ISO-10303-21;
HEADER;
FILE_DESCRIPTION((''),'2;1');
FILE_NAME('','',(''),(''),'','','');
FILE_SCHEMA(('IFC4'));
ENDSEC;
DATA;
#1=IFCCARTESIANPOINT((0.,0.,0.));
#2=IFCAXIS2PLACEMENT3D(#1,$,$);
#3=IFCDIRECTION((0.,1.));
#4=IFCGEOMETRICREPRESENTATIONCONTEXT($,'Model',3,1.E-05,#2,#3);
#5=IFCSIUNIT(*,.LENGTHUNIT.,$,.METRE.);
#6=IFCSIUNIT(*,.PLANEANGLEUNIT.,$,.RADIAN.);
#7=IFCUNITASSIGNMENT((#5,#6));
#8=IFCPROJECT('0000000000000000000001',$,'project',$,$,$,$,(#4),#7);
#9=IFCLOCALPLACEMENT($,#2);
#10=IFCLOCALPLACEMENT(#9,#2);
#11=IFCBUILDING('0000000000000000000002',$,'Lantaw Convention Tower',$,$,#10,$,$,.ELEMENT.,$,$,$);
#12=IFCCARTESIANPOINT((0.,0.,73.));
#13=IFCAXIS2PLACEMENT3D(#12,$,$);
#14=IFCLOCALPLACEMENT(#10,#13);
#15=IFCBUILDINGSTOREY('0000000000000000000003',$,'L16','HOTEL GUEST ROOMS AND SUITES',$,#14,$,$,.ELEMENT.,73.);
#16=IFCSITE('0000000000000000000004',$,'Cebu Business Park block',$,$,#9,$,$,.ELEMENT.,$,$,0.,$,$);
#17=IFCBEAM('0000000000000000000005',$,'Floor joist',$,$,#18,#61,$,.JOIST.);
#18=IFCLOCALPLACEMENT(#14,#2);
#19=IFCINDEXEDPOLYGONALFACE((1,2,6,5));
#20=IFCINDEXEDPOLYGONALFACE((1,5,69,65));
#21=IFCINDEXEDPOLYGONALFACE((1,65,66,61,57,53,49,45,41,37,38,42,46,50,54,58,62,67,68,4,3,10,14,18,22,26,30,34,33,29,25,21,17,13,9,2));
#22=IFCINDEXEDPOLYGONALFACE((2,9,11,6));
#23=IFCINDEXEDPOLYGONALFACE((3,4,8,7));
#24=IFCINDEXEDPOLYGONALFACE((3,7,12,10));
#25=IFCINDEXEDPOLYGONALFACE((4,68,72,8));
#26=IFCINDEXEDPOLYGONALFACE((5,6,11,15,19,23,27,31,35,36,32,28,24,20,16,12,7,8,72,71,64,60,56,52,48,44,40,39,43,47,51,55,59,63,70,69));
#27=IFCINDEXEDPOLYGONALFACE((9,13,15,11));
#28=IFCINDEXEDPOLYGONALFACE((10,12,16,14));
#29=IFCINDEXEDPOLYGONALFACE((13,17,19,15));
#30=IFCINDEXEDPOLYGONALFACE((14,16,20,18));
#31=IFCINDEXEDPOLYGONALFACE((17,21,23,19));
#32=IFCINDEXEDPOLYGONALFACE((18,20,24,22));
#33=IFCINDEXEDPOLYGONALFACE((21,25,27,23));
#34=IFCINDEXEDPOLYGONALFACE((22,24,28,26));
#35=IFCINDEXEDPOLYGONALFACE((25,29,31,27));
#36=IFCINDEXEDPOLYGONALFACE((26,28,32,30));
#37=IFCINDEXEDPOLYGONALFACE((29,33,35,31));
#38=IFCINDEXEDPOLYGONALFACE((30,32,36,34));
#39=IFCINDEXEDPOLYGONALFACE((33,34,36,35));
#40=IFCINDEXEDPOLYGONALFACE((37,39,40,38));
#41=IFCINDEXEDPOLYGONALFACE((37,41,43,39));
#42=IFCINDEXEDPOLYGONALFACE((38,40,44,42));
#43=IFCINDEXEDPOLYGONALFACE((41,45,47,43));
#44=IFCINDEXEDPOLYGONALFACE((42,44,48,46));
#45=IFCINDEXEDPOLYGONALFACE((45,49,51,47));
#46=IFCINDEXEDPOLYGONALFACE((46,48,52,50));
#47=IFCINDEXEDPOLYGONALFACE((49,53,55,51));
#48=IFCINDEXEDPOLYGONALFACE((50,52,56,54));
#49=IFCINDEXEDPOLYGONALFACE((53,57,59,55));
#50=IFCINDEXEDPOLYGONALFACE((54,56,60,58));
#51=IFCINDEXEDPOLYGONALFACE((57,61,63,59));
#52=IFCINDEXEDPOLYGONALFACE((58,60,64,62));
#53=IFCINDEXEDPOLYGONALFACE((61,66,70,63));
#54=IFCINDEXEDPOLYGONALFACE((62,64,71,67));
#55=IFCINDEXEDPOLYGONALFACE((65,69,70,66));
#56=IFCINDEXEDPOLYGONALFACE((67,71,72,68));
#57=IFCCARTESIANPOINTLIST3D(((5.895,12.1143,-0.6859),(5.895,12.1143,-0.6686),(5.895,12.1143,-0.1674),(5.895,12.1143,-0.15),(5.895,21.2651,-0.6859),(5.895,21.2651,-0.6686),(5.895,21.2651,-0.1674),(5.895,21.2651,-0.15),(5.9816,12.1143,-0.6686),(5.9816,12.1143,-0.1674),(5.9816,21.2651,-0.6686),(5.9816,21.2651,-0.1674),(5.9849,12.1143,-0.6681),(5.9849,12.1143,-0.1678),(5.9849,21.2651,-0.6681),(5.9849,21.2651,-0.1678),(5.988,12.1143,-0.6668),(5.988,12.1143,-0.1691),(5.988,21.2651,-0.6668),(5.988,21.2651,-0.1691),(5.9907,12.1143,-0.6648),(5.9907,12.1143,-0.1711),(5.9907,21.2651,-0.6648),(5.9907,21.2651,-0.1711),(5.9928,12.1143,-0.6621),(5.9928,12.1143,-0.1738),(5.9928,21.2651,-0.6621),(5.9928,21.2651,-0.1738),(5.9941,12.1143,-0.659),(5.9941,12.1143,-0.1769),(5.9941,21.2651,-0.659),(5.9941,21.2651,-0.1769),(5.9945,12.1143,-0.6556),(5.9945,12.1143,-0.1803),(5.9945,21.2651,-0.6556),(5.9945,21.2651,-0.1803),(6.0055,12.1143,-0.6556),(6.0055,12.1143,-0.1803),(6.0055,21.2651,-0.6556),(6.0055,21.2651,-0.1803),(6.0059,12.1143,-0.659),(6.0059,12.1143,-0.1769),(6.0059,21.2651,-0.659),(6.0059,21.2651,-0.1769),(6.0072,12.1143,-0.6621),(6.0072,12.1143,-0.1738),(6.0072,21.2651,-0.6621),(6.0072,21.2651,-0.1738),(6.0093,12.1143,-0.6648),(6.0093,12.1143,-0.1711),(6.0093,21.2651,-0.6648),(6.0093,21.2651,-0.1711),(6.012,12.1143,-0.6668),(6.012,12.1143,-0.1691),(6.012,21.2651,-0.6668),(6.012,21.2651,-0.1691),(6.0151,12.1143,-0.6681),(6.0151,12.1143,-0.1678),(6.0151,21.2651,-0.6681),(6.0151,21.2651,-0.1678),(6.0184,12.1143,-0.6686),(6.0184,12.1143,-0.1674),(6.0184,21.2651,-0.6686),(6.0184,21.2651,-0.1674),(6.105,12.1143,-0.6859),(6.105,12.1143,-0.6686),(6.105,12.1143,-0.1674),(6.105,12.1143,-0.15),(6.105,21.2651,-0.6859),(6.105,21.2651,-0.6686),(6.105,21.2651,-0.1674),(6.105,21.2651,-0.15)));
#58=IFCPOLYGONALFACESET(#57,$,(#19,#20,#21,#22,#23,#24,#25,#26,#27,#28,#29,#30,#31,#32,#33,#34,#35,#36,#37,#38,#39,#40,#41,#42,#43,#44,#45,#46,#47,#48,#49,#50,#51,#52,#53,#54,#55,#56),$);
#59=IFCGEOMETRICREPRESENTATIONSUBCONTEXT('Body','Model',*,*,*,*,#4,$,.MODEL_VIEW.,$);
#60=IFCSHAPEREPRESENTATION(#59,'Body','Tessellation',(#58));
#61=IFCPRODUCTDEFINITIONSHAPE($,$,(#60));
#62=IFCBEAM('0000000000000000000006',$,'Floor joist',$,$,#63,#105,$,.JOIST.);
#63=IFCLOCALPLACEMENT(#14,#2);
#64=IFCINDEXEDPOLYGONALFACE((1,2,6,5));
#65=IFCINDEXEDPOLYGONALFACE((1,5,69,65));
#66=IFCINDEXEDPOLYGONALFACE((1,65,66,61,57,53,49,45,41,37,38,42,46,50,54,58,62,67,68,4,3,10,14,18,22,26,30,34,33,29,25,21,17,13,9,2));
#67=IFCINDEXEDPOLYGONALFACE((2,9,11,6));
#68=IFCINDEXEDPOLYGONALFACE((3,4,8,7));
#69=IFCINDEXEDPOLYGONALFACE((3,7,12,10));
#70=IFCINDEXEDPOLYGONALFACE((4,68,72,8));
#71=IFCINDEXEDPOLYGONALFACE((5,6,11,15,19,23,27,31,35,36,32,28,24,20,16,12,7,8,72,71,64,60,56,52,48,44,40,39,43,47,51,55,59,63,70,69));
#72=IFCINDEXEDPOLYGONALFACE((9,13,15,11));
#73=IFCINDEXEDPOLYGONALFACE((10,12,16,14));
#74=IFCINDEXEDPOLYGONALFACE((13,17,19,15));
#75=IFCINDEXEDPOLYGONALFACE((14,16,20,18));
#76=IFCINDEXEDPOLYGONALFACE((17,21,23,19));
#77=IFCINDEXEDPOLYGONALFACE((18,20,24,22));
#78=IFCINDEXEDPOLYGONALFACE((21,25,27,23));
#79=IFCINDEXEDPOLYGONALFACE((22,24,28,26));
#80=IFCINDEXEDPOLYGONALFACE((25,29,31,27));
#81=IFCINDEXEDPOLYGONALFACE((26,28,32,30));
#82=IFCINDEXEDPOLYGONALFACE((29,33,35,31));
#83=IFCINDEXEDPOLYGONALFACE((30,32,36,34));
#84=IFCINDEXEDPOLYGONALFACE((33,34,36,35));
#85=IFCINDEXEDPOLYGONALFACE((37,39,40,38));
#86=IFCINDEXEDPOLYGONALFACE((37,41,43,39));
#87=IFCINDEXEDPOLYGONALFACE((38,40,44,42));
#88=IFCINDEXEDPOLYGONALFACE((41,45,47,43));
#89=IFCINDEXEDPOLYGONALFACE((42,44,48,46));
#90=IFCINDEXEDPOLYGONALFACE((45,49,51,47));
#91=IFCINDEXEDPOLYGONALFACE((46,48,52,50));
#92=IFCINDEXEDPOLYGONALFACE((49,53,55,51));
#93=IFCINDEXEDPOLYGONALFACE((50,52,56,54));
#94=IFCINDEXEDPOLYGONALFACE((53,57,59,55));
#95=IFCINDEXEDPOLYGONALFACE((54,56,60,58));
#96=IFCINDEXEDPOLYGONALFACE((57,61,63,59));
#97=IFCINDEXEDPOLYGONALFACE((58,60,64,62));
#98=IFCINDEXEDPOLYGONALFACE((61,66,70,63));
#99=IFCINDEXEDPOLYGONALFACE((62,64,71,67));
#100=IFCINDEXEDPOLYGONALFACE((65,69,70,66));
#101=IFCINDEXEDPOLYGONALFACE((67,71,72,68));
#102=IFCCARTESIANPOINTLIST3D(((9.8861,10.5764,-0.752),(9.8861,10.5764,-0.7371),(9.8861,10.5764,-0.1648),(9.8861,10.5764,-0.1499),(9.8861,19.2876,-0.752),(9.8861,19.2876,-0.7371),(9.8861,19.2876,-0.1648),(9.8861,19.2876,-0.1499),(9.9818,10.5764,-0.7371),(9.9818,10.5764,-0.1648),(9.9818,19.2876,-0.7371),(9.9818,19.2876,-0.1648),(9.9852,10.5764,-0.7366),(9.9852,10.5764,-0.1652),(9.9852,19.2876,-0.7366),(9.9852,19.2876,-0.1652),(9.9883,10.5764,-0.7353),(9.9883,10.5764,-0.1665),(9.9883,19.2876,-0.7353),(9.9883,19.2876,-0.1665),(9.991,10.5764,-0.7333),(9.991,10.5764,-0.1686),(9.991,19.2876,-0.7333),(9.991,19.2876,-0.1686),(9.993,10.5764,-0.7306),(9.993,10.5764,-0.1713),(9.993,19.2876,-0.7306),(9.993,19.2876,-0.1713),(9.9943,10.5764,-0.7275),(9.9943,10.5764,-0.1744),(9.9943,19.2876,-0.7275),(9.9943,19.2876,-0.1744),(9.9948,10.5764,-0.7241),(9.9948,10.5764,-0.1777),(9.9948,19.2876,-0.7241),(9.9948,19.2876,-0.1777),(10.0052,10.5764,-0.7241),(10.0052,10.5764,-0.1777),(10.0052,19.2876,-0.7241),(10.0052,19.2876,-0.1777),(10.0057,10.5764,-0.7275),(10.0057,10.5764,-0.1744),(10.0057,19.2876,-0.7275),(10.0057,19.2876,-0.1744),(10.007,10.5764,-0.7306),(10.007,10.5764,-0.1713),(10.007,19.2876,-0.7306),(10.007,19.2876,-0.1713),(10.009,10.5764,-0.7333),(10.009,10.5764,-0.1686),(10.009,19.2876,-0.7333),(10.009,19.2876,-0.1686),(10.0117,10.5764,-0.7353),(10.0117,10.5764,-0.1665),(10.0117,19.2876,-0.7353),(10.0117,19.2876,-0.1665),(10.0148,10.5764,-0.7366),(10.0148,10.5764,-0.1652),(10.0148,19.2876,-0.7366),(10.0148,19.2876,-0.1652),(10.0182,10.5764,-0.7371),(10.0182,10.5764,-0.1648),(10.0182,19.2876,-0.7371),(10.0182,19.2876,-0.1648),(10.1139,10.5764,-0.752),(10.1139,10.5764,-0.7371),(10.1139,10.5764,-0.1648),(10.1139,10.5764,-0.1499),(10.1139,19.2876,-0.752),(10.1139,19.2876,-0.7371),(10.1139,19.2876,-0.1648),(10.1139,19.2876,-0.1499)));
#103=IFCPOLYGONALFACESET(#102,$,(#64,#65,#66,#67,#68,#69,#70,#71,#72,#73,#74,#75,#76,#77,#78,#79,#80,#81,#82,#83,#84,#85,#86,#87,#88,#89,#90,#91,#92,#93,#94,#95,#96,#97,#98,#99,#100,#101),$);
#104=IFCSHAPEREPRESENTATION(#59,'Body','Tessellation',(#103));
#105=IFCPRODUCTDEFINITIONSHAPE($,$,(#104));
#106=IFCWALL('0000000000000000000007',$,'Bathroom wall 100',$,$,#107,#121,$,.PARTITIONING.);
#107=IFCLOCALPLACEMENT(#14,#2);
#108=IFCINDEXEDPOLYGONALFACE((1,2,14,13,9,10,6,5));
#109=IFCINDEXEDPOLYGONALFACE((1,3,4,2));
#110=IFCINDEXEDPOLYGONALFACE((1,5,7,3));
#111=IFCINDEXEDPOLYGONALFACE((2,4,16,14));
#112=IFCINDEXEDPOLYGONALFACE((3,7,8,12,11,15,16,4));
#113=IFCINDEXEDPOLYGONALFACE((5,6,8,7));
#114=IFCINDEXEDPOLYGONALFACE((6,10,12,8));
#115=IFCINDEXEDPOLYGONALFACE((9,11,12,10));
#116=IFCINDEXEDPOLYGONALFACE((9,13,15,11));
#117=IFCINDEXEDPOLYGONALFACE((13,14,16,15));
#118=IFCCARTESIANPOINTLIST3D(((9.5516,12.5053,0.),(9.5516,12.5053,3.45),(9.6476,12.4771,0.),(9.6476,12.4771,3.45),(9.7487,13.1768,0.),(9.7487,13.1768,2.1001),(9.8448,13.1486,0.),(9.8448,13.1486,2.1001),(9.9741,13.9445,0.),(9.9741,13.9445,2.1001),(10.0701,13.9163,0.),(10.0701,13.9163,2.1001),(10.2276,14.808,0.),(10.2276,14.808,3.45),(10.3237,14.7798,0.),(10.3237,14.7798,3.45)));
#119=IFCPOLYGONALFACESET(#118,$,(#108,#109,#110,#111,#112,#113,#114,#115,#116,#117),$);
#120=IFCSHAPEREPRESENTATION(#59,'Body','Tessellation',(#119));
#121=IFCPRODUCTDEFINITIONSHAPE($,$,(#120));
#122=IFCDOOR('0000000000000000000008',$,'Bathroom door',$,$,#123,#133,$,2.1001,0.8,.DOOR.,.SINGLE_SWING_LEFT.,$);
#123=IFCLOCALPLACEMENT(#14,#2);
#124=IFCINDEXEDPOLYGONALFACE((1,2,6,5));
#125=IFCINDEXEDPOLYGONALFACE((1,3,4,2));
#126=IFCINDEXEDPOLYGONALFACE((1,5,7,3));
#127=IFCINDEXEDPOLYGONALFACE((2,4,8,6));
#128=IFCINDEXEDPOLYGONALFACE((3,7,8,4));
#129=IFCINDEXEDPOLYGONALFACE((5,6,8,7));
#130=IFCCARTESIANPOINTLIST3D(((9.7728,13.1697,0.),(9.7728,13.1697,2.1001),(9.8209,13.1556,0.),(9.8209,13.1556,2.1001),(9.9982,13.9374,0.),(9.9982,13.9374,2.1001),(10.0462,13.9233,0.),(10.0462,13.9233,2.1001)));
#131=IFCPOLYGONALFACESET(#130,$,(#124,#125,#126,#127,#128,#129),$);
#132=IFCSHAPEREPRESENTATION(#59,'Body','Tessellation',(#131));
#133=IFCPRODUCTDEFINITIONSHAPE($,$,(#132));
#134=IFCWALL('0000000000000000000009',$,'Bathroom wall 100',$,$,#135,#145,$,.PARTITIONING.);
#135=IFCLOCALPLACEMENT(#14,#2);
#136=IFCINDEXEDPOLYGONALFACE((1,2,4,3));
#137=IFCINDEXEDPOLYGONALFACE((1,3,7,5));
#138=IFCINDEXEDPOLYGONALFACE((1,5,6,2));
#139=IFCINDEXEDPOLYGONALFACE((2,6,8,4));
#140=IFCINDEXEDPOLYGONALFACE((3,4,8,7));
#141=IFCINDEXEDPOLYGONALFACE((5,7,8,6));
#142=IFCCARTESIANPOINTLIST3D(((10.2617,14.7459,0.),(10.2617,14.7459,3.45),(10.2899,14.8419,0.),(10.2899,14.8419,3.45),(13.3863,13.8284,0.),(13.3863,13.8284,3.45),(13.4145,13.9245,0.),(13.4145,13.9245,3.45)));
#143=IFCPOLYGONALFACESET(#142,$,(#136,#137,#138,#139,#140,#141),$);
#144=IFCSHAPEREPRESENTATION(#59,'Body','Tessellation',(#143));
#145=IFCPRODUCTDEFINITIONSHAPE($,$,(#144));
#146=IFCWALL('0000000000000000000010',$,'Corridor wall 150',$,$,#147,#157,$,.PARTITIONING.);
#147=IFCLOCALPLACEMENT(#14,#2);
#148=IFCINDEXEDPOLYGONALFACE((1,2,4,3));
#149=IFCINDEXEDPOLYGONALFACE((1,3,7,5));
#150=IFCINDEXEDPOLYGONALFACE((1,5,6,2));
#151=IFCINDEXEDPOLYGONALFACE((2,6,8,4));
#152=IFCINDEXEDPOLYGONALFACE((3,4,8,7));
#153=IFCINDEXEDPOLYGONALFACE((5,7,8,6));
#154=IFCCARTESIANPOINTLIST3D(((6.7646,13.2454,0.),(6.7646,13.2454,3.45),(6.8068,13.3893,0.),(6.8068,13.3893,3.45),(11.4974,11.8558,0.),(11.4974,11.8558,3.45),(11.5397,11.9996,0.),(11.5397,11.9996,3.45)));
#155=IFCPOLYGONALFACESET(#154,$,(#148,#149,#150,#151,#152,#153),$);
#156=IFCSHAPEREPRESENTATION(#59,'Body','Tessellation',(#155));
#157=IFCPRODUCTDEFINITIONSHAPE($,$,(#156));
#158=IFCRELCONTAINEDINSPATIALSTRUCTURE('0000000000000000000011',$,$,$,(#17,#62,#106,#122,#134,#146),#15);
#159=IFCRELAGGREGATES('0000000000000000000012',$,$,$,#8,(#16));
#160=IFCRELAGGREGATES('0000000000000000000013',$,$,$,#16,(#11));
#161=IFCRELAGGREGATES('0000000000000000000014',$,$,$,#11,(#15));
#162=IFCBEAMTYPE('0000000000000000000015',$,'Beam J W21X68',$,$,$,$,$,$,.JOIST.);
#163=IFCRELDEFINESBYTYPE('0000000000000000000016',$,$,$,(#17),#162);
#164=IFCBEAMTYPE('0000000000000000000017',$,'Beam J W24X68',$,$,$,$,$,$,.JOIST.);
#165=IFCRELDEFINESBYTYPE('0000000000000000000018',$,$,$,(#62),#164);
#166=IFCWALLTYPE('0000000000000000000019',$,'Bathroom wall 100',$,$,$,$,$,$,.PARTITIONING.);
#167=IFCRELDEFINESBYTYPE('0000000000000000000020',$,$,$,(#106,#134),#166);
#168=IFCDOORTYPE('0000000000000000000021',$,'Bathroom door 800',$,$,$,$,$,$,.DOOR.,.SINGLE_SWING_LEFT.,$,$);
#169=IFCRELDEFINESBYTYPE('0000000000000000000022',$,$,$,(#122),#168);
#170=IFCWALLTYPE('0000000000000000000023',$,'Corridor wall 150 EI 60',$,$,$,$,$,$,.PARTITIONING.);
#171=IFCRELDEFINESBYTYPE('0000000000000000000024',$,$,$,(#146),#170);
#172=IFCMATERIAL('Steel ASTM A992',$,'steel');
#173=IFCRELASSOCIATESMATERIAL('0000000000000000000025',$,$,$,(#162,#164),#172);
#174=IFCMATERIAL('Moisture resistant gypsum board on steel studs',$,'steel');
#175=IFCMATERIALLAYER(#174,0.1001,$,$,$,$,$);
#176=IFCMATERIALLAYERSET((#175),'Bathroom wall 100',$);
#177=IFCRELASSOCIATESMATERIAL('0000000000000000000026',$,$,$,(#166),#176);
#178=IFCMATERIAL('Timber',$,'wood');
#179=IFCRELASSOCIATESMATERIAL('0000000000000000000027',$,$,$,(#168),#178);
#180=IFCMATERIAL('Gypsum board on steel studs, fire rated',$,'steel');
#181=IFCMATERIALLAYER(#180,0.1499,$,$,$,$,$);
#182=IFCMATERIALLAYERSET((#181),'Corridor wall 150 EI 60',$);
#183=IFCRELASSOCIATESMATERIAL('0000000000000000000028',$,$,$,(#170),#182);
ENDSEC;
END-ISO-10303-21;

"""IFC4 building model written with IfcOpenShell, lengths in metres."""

from ifc_helpers import new_model, si_unit, direction, frame, frame_2d, origin, origin_2d, place, context, subcontext, project, spatial, rectangle, i_section, extrude, material, layer, layer_set, material_profile, profile_set, type_object, element, fill, save


model = new_model("IFC4")

# Units and contexts
model_context = context("Model", 3, precision=1e-05, world=origin(), true_north=direction((0.0, 1.0)))
body_context = subcontext(model_context, "Body", "Model", "MODEL_VIEW")
ifc_project = project(units=[si_unit("LENGTHUNIT", "METRE"), si_unit("PLANEANGLEUNIT", "RADIAN")], contexts=[model_context])

# Site, building, storey
site_placement = place(None, origin())
site = spatial("IfcSite", under=ifc_project, at=site_placement, Name="Cebu Business Park block", CompositionType="ELEMENT", RefElevation=0.0)
building_placement = place(site_placement, origin())
building = spatial("IfcBuilding", under=site, at=building_placement, Name="Lantaw Convention Tower", CompositionType="ELEMENT")
storey_placement = place(building_placement, frame((0.0, 0.0, 73.0)))
storey = spatial("IfcBuildingStorey", under=building, at=storey_placement, Name="L16", Description="HOTEL GUEST ROOMS AND SUITES", CompositionType="ELEMENT", Elevation=73.0)

# Beams
ifc_material_1 = material(Name="Steel ASTM A992", Category="steel")
ifc_material_profile_1 = material_profile(ifc_material_1, i_section(OverallWidth=0.21, OverallDepth=0.5359, WebThickness=0.011, FlangeThickness=0.0173, FilletRadius=0.0129, at=origin_2d()), Name="W21X68")
ifc_profile_set_1 = profile_set([ifc_material_profile_1], Name="Steel ASTM A992")
beam_type_1 = type_object("IfcBeamType", Name="Beam J W21X68", PredefinedType="JOIST", material=ifc_profile_set_1)
beam_1_placement = place(storey_placement, frame((6.0, 12.1143, -0.418), z_axis=(0.0, 1.0, 0.0), x_axis=(-1.0, 0.0, 0.0)))
element("IfcBeam", 1, at=beam_1_placement, inside=storey, type_object=beam_type_1, Name="Floor joist", PredefinedType="JOIST", context=body_context, shape_type="SweptSolid", body=[
    extrude(i_section(OverallWidth=0.21, OverallDepth=0.5359, WebThickness=0.011, FlangeThickness=0.0173, FilletRadius=0.0129, at=origin_2d()), origin(), (0.0, 0.0, 1.0), 9.1509),
])
ifc_material_profile_2 = material_profile(ifc_material_1, i_section(OverallWidth=0.2278, OverallDepth=0.6021, WebThickness=0.0105, FlangeThickness=0.0149, FilletRadius=0.0129, at=origin_2d()), Name="W24X68")
ifc_profile_set_2 = profile_set([ifc_material_profile_2], Name="Steel ASTM A992")
beam_type_2 = type_object("IfcBeamType", Name="Beam J W24X68", PredefinedType="JOIST", material=ifc_profile_set_2)
beam_2_placement = place(storey_placement, frame((10.0, 10.5764, -0.4509), z_axis=(0.0, 1.0, 0.0), x_axis=(-1.0, 0.0, 0.0)))
element("IfcBeam", 2, at=beam_2_placement, inside=storey, type_object=beam_type_2, Name="Floor joist", PredefinedType="JOIST", context=body_context, shape_type="SweptSolid", body=[
    extrude(i_section(OverallWidth=0.2278, OverallDepth=0.6021, WebThickness=0.0105, FlangeThickness=0.0149, FilletRadius=0.0129, at=origin_2d()), origin(), (0.0, 0.0, 1.0), 8.7112),
])

# Wall, opening, door
ifc_material_2 = material(Name="Moisture resistant gypsum board on steel studs", Category="steel")
ifc_layer_1 = layer(ifc_material_2, 0.1001)
ifc_layer_set_1 = layer_set([ifc_layer_1], Name="Bathroom wall 100")
wall_type_1 = type_object("IfcWallType", Name="Bathroom wall 100", PredefinedType="PARTITIONING", material=ifc_layer_set_1)
wall_1_placement = place(storey_placement, frame((9.5996, 12.4912, 0.0), z_axis=(0.0, 0.0, 1.0), x_axis=(0.281687, 0.959506, 0.0)))
wall_1 = element("IfcWall", 3, at=wall_1_placement, inside=storey, type_object=wall_type_1, Name="Bathroom wall 100", PredefinedType="PARTITIONING", context=body_context, shape_type="SweptSolid", body=[
    extrude(rectangle(XDim=2.3999, YDim=0.1001, at=frame_2d((1.2, 0.0))), origin(), (0.0, 0.0, 1.0), 3.45),
])
opening_1_placement = place(wall_1_placement, frame((0.7, 0.0, 0.0)))
opening_1 = element("IfcOpeningElement", 4, at=opening_1_placement, cuts=wall_1, PredefinedType="OPENING", context=body_context, shape_type="SweptSolid", body=[
    extrude(rectangle(XDim=0.8, YDim=2.1001, at=frame_2d((0.3999, 1.05))), frame((0.0, 0.0601, 0.0), z_axis=(0.0, -1.0, 0.0), x_axis=(1.0, 0.0, 0.0)), (0.0, 0.0, 1.0), 0.1201),
])
ifc_material_3 = material(Name="Timber", Category="wood")
door_type_1 = type_object("IfcDoorType", Name="Bathroom door 800", OperationType="SINGLE_SWING_LEFT", PredefinedType="DOOR", material=ifc_material_3)
door_1_placement = place(opening_1_placement, origin())
door_1 = element("IfcDoor", 5, at=door_1_placement, inside=storey, type_object=door_type_1, Name="Bathroom door", OperationType="SINGLE_SWING_LEFT", OverallHeight=2.1001, OverallWidth=0.8, PredefinedType="DOOR", context=body_context, shape_type="SweptSolid", body=[
    extrude(rectangle(XDim=0.8, YDim=2.1001, at=frame_2d((0.3999, 1.05))), frame((0.0, 0.0249, 0.0), z_axis=(0.0, -1.0, 0.0), x_axis=(1.0, 0.0, 0.0)), (0.0, 0.0, 1.0), 0.05),
])
fill(opening_1, door_1)

# Walls
wall_2_placement = place(storey_placement, frame((10.2756, 14.7939, 0.0), z_axis=(0.0, 0.0, 1.0), x_axis=(0.959496, -0.281724, 0.0)))
element("IfcWall", 6, at=wall_2_placement, inside=storey, type_object=wall_type_1, Name="Bathroom wall 100", PredefinedType="PARTITIONING", context=body_context, shape_type="SweptSolid", body=[
    extrude(rectangle(XDim=3.2566, YDim=0.1001, at=frame_2d((1.6284, 0.0))), origin(), (0.0, 0.0, 1.0), 3.45),
])
ifc_material_4 = material(Name="Gypsum board on steel studs, fire rated", Category="steel")
ifc_layer_2 = layer(ifc_material_4, 0.1499)
ifc_layer_set_2 = layer_set([ifc_layer_2], Name="Corridor wall 150 EI 60")
wall_type_2 = type_object("IfcWallType", Name="Corridor wall 150 EI 60", PredefinedType="PARTITIONING", material=ifc_layer_set_2)
wall_3_placement = place(storey_placement, frame((11.5186, 11.9277, 0.0), z_axis=(0.0, 0.0, 1.0), x_axis=(-0.959496, 0.281721, 0.0)))
element("IfcWall", 7, at=wall_3_placement, inside=storey, type_object=wall_type_2, Name="Corridor wall 150", PredefinedType="PARTITIONING", context=body_context, shape_type="SweptSolid", body=[
    extrude(rectangle(XDim=4.9326, YDim=0.1499, at=frame_2d((2.4663, 0.0))), origin(), (0.0, 0.0, 1.0), 3.45),
])

save(model, "model.ifc")
